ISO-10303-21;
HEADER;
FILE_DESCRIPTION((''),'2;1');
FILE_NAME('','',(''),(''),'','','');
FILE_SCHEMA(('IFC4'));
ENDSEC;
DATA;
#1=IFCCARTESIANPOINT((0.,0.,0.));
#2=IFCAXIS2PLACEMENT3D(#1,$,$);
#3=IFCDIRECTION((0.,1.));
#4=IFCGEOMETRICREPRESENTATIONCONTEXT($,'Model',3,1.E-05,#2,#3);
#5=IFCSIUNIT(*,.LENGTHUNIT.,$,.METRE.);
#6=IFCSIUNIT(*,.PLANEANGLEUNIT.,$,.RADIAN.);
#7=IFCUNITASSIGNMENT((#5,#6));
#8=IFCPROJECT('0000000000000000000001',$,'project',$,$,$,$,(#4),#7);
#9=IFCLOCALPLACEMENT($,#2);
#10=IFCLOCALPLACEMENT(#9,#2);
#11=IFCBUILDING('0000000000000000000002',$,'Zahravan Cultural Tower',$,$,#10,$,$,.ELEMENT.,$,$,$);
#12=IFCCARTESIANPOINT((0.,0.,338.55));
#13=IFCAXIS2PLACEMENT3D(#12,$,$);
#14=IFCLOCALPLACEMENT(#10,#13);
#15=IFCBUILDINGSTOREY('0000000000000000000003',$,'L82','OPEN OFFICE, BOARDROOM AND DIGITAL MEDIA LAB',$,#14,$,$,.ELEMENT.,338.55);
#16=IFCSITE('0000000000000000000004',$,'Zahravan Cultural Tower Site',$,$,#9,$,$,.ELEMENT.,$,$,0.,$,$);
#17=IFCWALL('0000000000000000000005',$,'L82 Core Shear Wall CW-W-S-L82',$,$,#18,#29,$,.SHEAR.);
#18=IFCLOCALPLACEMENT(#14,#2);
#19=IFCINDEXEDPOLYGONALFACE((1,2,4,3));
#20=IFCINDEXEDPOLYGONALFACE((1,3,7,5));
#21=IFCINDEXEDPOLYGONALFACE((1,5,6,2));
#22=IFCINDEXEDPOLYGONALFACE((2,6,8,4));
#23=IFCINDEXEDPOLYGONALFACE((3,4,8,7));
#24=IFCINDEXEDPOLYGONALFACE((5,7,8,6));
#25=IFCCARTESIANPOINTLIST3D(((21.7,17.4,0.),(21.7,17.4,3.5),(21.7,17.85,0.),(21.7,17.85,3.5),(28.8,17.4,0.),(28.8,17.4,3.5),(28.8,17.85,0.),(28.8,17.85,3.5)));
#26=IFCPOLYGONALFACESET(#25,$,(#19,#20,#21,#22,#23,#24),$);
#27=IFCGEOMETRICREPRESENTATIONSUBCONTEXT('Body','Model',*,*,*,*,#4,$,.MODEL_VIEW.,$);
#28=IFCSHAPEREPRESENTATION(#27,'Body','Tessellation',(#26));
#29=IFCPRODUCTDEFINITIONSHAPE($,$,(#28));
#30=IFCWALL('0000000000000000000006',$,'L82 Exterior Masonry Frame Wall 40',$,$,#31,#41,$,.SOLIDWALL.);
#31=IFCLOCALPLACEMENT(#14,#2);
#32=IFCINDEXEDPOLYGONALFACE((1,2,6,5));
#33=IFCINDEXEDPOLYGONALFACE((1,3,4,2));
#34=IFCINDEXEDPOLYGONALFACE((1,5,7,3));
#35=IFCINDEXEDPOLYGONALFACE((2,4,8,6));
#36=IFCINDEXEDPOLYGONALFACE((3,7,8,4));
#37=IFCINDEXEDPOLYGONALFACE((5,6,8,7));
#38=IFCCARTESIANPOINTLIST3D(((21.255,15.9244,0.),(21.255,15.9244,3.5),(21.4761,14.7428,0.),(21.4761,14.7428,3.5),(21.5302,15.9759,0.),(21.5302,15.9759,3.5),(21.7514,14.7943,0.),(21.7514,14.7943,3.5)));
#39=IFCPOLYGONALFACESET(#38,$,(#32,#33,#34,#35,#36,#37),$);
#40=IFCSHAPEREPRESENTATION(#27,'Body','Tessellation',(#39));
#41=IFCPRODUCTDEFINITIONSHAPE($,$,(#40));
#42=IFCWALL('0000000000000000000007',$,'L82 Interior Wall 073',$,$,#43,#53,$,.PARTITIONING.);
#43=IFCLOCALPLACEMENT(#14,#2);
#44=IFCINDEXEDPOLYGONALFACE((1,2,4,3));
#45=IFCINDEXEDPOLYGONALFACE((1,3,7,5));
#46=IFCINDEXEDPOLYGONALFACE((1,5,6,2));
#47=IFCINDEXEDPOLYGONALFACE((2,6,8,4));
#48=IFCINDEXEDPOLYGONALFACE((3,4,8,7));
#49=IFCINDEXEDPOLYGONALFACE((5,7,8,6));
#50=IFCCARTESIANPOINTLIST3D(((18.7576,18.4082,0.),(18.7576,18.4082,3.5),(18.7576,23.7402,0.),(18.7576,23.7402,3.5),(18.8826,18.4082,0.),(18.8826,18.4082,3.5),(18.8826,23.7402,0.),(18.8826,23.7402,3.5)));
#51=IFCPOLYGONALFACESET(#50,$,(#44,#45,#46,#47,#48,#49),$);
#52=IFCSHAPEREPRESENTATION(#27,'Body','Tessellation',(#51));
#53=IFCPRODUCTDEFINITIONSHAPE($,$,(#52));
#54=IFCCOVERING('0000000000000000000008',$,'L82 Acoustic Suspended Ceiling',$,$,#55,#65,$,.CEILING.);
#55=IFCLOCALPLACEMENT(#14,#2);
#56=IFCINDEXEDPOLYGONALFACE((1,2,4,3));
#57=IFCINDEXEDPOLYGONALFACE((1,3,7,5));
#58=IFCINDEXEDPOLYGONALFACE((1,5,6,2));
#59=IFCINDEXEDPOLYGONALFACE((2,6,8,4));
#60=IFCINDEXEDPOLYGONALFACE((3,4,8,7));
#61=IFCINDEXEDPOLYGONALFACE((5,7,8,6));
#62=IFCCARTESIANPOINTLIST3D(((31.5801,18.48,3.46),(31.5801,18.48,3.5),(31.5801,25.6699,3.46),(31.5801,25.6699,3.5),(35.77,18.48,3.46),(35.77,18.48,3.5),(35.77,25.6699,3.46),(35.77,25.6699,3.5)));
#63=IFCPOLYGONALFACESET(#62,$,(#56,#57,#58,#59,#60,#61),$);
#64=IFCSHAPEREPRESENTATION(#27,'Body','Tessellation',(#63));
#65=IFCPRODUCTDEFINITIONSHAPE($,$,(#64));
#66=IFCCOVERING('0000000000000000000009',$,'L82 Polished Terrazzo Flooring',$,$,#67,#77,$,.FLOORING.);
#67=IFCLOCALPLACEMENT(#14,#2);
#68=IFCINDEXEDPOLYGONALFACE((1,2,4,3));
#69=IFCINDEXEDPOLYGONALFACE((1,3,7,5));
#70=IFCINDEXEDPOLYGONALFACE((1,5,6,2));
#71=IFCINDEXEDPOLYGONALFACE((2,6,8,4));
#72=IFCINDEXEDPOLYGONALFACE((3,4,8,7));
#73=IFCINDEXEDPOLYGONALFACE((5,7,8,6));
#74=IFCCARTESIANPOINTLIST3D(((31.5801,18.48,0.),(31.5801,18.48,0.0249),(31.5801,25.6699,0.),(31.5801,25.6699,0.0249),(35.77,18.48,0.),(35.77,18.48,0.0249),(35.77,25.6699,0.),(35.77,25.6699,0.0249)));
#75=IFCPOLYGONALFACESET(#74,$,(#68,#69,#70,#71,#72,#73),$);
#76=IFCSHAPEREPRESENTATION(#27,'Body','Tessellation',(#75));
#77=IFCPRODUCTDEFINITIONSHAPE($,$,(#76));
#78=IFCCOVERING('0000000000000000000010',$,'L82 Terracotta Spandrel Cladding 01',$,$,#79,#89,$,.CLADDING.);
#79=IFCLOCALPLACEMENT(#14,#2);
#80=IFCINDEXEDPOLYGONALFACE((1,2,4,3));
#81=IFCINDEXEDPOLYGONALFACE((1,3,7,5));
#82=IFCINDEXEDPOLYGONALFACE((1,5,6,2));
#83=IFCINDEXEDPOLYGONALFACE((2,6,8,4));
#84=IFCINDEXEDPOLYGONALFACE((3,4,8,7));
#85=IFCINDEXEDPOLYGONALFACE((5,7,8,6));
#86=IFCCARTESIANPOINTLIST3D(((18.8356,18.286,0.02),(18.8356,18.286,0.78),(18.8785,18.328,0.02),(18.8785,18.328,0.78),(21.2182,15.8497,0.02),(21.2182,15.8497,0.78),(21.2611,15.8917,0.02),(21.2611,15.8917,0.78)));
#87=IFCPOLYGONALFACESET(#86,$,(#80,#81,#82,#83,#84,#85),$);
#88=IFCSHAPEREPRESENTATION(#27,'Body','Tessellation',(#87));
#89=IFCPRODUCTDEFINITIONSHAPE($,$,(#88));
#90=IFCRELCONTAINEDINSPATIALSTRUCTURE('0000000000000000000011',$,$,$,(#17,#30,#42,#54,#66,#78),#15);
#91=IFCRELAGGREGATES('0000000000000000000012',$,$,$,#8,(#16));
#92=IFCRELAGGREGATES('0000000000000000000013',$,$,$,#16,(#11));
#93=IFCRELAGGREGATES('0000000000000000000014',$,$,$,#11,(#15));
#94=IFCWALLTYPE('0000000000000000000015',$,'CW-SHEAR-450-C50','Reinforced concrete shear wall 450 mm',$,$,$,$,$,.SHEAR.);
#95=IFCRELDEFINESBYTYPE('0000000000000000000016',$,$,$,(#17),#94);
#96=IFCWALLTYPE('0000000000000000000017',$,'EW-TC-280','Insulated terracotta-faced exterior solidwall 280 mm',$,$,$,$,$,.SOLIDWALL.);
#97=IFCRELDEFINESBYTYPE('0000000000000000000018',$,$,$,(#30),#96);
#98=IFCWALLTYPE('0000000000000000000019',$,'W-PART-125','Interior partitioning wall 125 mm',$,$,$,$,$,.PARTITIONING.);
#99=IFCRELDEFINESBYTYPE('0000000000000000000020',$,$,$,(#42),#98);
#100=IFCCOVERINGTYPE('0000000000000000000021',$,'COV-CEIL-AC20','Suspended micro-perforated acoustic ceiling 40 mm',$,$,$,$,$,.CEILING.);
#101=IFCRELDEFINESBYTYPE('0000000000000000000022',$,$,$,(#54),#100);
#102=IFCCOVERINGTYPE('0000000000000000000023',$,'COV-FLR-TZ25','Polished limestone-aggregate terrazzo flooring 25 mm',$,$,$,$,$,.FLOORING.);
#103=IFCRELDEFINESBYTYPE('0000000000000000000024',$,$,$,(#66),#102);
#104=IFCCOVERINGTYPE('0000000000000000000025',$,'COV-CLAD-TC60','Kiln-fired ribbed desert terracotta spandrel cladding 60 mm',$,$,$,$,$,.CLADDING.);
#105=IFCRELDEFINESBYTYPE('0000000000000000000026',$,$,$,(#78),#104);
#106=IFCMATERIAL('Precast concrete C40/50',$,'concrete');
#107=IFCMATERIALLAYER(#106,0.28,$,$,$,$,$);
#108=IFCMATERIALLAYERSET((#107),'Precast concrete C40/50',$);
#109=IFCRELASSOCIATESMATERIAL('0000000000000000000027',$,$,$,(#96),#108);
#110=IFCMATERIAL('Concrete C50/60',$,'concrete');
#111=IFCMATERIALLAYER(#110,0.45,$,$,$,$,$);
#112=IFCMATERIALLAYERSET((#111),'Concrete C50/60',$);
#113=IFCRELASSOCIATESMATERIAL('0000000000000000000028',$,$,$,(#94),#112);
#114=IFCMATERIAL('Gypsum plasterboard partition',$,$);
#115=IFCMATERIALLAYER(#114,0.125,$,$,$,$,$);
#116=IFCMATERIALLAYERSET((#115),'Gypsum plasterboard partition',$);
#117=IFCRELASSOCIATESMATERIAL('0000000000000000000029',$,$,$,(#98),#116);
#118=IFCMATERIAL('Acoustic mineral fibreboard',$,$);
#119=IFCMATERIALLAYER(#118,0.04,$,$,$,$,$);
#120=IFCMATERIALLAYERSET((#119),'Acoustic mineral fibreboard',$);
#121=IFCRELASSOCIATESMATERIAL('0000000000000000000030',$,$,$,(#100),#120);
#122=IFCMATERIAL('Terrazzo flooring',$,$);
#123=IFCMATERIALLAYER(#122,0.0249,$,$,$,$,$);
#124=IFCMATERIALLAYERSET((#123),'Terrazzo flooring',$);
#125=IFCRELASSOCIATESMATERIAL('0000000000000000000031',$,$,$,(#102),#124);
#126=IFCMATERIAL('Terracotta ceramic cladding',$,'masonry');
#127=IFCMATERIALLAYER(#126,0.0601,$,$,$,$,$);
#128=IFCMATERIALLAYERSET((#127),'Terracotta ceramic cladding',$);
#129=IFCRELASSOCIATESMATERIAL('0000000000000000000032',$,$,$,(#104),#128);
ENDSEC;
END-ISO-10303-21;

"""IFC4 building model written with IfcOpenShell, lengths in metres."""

from ifc_helpers import new_model, si_unit, direction, frame, frame_2d, origin, origin_2d, place, context, subcontext, project, spatial, polyline, rectangle, outline, extrude, source, transform, mapped, material, layer, layer_set, type_object, element, save


model = new_model("IFC4")

# Units and contexts
model_context = context("Model", 3, precision=1e-05, world=origin(), true_north=direction((0.0, 1.0)))
body_context = subcontext(model_context, "Body", "Model", "MODEL_VIEW")
ifc_project = project(units=[si_unit("LENGTHUNIT", "METRE"), si_unit("PLANEANGLEUNIT", "RADIAN")], contexts=[model_context])

# Site, building, storey
site_placement = place(None, origin())
site = spatial("IfcSite", under=ifc_project, at=site_placement, Name="Zahravan Cultural Tower Site", CompositionType="ELEMENT", RefElevation=0.0)
building_placement = place(site_placement, origin())
building = spatial("IfcBuilding", under=site, at=building_placement, Name="Zahravan Cultural Tower", CompositionType="ELEMENT")
storey_placement = place(building_placement, frame((0.0, 0.0, 338.55)))
storey = spatial("IfcBuildingStorey", under=building, at=storey_placement, Name="L82", Description="OPEN OFFICE, BOARDROOM AND DIGITAL MEDIA LAB", CompositionType="ELEMENT", Elevation=338.55)

# Shared definitions
ifc_material_1 = material(Name="Concrete C50/60", Category="concrete")

# Shared definitions
ifc_material_2 = material(Name="Precast concrete C40/50", Category="concrete")
ifc_layer_1 = layer(ifc_material_2, 0.28)
ifc_layer_set_1 = layer_set([ifc_layer_1], Name="Precast concrete C40/50")
wall_type_1 = type_object("IfcWallType", Name="EW-TC-280", Description="Insulated terracotta-faced exterior solidwall 280 mm", PredefinedType="SOLIDWALL", material=ifc_layer_set_1)

# Walls
ifc_layer_2 = layer(ifc_material_1, 0.45)
ifc_layer_set_2 = layer_set([ifc_layer_2], Name="Concrete C50/60")
wall_type_2 = type_object("IfcWallType", Name="CW-SHEAR-450-C50", Description="Reinforced concrete shear wall 450 mm", PredefinedType="SHEAR", material=ifc_layer_set_2)
shared_shape_1 = source(origin(), body_context, "Body", "SweptSolid", [
    extrude(rectangle(XDim=7.1001, YDim=0.45, at=frame_2d((3.55, 0.0))), origin(), (0.0, 0.0, 1.0), 3.5),
])
wall_1_placement = place(storey_placement, frame((21.7, 17.625, 0.0), z_axis=(0.0, 0.0, 1.0), x_axis=(1.0, 0.0, 0.0)))
element("IfcWall", 1, at=wall_1_placement, inside=storey, type_object=wall_type_2, Name="L82 Core Shear Wall CW-W-S-L82", PredefinedType="SHEAR", context=body_context, shape_type="MappedRepresentation", body=[
    mapped(shared_shape_1, transform((0.0, 0.0, 0.0), x_axis=(1.0, 0.0, 0.0), y_axis=(0.0, 1.0, 0.0), z_axis=(0.0, 0.0, 1.0), scale=1.0)),
])
shared_shape_2 = source(origin(), body_context, "Body", "SweptSolid", [
    extrude(rectangle(XDim=1.2021, YDim=0.28, at=frame_2d((0.6011, 0.0))), origin(), (0.0, 0.0, 1.0), 3.5),
])
wall_2_placement = place(storey_placement, frame((21.6138, 14.7686, 0.0), z_axis=(0.0, 0.0, 1.0), x_axis=(-0.183994, 0.982927, 0.0)))
element("IfcWall", 2, at=wall_2_placement, inside=storey, type_object=wall_type_1, Name="L82 Exterior Masonry Frame Wall 40", PredefinedType="SOLIDWALL", context=body_context, shape_type="MappedRepresentation", body=[
    mapped(shared_shape_2, transform((0.0, 0.0, 0.0), x_axis=(1.0, 0.0, 0.0), y_axis=(0.0, 1.0, 0.0), z_axis=(0.0, 0.0, 1.0), scale=1.0)),
])
ifc_material_3 = material(Name="Gypsum plasterboard partition")
ifc_layer_3 = layer(ifc_material_3, 0.125)
ifc_layer_set_3 = layer_set([ifc_layer_3], Name="Gypsum plasterboard partition")
wall_type_3 = type_object("IfcWallType", Name="W-PART-125", Description="Interior partitioning wall 125 mm", PredefinedType="PARTITIONING", material=ifc_layer_set_3)
shared_shape_3 = source(origin(), body_context, "Body", "SweptSolid", [
    extrude(rectangle(XDim=5.332, YDim=0.125, at=frame_2d((2.666, 0.0))), origin(), (0.0, 0.0, 1.0), 3.5),
])
wall_3_placement = place(storey_placement, frame((18.8201, 18.4082, 0.0), z_axis=(0.0, 0.0, 1.0), x_axis=(0.0, 1.0, 0.0)))
element("IfcWall", 3, at=wall_3_placement, inside=storey, type_object=wall_type_3, Name="L82 Interior Wall 073", PredefinedType="PARTITIONING", context=body_context, shape_type="MappedRepresentation", body=[
    mapped(shared_shape_3, transform((0.0, 0.0, 0.0), x_axis=(1.0, 0.0, 0.0), y_axis=(0.0, 1.0, 0.0), z_axis=(0.0, 0.0, 1.0), scale=1.0)),
])

# Coverings
ifc_material_4 = material(Name="Acoustic mineral fibreboard")
ifc_layer_4 = layer(ifc_material_4, 0.04)
ifc_layer_set_4 = layer_set([ifc_layer_4], Name="Acoustic mineral fibreboard")
covering_type_1 = type_object("IfcCoveringType", Name="COV-CEIL-AC20", Description="Suspended micro-perforated acoustic ceiling 40 mm", PredefinedType="CEILING", material=ifc_layer_set_4)
covering_1_placement = place(storey_placement, frame((0.0, 0.0, 3.46)))
element("IfcCovering", 4, at=covering_1_placement, inside=storey, type_object=covering_type_1, Name="L82 Acoustic Suspended Ceiling", PredefinedType="CEILING", context=body_context, shape_type="SweptSolid", body=[
    extrude(outline(polyline([(35.77, 25.6699), (31.5801, 25.6699), (31.5801, 18.48), (35.77, 18.48), (35.77, 25.6699)])), origin(), (0.0, 0.0, 1.0), 0.04),
])
ifc_material_5 = material(Name="Terrazzo flooring")
ifc_layer_5 = layer(ifc_material_5, 0.0249)
ifc_layer_set_5 = layer_set([ifc_layer_5], Name="Terrazzo flooring")
covering_type_2 = type_object("IfcCoveringType", Name="COV-FLR-TZ25", Description="Polished limestone-aggregate terrazzo flooring 25 mm", PredefinedType="FLOORING", material=ifc_layer_set_5)
covering_2_placement = place(storey_placement, origin())
element("IfcCovering", 5, at=covering_2_placement, inside=storey, type_object=covering_type_2, Name="L82 Polished Terrazzo Flooring", PredefinedType="FLOORING", context=body_context, shape_type="SweptSolid", body=[
    extrude(outline(polyline([(35.77, 25.6699), (31.5801, 25.6699), (31.5801, 18.48), (35.77, 18.48), (35.77, 25.6699)])), origin(), (0.0, 0.0, 1.0), 0.0249),
])
ifc_material_6 = material(Name="Terracotta ceramic cladding", Category="masonry")
ifc_layer_6 = layer(ifc_material_6, 0.0601)
ifc_layer_set_6 = layer_set([ifc_layer_6], Name="Terracotta ceramic cladding")
covering_type_3 = type_object("IfcCoveringType", Name="COV-CLAD-TC60", Description="Kiln-fired ribbed desert terracotta spandrel cladding 60 mm", PredefinedType="CLADDING", material=ifc_layer_set_6)
shared_shape_4 = source(origin(), body_context, "Body", "SweptSolid", [
    extrude(rectangle(XDim=3.4077, YDim=0.0601, at=origin_2d()), origin(), (0.0, 0.0, 1.0), 0.76),
])
covering_3_placement = place(storey_placement, frame((20.0483, 17.0889, 0.02), z_axis=(0.0, 0.0, 1.0), x_axis=(-0.699189, 0.714937, 0.0)))
element("IfcCovering", 6, at=covering_3_placement, inside=storey, type_object=covering_type_3, Name="L82 Terracotta Spandrel Cladding 01", PredefinedType="CLADDING", context=body_context, shape_type="MappedRepresentation", body=[
    mapped(shared_shape_4, transform((0.0, 0.0, 0.0), x_axis=(1.0, 0.0, 0.0), y_axis=(0.0, 1.0, 0.0), z_axis=(0.0, 0.0, 1.0), scale=1.0)),
])

save(model, "model.ifc")
